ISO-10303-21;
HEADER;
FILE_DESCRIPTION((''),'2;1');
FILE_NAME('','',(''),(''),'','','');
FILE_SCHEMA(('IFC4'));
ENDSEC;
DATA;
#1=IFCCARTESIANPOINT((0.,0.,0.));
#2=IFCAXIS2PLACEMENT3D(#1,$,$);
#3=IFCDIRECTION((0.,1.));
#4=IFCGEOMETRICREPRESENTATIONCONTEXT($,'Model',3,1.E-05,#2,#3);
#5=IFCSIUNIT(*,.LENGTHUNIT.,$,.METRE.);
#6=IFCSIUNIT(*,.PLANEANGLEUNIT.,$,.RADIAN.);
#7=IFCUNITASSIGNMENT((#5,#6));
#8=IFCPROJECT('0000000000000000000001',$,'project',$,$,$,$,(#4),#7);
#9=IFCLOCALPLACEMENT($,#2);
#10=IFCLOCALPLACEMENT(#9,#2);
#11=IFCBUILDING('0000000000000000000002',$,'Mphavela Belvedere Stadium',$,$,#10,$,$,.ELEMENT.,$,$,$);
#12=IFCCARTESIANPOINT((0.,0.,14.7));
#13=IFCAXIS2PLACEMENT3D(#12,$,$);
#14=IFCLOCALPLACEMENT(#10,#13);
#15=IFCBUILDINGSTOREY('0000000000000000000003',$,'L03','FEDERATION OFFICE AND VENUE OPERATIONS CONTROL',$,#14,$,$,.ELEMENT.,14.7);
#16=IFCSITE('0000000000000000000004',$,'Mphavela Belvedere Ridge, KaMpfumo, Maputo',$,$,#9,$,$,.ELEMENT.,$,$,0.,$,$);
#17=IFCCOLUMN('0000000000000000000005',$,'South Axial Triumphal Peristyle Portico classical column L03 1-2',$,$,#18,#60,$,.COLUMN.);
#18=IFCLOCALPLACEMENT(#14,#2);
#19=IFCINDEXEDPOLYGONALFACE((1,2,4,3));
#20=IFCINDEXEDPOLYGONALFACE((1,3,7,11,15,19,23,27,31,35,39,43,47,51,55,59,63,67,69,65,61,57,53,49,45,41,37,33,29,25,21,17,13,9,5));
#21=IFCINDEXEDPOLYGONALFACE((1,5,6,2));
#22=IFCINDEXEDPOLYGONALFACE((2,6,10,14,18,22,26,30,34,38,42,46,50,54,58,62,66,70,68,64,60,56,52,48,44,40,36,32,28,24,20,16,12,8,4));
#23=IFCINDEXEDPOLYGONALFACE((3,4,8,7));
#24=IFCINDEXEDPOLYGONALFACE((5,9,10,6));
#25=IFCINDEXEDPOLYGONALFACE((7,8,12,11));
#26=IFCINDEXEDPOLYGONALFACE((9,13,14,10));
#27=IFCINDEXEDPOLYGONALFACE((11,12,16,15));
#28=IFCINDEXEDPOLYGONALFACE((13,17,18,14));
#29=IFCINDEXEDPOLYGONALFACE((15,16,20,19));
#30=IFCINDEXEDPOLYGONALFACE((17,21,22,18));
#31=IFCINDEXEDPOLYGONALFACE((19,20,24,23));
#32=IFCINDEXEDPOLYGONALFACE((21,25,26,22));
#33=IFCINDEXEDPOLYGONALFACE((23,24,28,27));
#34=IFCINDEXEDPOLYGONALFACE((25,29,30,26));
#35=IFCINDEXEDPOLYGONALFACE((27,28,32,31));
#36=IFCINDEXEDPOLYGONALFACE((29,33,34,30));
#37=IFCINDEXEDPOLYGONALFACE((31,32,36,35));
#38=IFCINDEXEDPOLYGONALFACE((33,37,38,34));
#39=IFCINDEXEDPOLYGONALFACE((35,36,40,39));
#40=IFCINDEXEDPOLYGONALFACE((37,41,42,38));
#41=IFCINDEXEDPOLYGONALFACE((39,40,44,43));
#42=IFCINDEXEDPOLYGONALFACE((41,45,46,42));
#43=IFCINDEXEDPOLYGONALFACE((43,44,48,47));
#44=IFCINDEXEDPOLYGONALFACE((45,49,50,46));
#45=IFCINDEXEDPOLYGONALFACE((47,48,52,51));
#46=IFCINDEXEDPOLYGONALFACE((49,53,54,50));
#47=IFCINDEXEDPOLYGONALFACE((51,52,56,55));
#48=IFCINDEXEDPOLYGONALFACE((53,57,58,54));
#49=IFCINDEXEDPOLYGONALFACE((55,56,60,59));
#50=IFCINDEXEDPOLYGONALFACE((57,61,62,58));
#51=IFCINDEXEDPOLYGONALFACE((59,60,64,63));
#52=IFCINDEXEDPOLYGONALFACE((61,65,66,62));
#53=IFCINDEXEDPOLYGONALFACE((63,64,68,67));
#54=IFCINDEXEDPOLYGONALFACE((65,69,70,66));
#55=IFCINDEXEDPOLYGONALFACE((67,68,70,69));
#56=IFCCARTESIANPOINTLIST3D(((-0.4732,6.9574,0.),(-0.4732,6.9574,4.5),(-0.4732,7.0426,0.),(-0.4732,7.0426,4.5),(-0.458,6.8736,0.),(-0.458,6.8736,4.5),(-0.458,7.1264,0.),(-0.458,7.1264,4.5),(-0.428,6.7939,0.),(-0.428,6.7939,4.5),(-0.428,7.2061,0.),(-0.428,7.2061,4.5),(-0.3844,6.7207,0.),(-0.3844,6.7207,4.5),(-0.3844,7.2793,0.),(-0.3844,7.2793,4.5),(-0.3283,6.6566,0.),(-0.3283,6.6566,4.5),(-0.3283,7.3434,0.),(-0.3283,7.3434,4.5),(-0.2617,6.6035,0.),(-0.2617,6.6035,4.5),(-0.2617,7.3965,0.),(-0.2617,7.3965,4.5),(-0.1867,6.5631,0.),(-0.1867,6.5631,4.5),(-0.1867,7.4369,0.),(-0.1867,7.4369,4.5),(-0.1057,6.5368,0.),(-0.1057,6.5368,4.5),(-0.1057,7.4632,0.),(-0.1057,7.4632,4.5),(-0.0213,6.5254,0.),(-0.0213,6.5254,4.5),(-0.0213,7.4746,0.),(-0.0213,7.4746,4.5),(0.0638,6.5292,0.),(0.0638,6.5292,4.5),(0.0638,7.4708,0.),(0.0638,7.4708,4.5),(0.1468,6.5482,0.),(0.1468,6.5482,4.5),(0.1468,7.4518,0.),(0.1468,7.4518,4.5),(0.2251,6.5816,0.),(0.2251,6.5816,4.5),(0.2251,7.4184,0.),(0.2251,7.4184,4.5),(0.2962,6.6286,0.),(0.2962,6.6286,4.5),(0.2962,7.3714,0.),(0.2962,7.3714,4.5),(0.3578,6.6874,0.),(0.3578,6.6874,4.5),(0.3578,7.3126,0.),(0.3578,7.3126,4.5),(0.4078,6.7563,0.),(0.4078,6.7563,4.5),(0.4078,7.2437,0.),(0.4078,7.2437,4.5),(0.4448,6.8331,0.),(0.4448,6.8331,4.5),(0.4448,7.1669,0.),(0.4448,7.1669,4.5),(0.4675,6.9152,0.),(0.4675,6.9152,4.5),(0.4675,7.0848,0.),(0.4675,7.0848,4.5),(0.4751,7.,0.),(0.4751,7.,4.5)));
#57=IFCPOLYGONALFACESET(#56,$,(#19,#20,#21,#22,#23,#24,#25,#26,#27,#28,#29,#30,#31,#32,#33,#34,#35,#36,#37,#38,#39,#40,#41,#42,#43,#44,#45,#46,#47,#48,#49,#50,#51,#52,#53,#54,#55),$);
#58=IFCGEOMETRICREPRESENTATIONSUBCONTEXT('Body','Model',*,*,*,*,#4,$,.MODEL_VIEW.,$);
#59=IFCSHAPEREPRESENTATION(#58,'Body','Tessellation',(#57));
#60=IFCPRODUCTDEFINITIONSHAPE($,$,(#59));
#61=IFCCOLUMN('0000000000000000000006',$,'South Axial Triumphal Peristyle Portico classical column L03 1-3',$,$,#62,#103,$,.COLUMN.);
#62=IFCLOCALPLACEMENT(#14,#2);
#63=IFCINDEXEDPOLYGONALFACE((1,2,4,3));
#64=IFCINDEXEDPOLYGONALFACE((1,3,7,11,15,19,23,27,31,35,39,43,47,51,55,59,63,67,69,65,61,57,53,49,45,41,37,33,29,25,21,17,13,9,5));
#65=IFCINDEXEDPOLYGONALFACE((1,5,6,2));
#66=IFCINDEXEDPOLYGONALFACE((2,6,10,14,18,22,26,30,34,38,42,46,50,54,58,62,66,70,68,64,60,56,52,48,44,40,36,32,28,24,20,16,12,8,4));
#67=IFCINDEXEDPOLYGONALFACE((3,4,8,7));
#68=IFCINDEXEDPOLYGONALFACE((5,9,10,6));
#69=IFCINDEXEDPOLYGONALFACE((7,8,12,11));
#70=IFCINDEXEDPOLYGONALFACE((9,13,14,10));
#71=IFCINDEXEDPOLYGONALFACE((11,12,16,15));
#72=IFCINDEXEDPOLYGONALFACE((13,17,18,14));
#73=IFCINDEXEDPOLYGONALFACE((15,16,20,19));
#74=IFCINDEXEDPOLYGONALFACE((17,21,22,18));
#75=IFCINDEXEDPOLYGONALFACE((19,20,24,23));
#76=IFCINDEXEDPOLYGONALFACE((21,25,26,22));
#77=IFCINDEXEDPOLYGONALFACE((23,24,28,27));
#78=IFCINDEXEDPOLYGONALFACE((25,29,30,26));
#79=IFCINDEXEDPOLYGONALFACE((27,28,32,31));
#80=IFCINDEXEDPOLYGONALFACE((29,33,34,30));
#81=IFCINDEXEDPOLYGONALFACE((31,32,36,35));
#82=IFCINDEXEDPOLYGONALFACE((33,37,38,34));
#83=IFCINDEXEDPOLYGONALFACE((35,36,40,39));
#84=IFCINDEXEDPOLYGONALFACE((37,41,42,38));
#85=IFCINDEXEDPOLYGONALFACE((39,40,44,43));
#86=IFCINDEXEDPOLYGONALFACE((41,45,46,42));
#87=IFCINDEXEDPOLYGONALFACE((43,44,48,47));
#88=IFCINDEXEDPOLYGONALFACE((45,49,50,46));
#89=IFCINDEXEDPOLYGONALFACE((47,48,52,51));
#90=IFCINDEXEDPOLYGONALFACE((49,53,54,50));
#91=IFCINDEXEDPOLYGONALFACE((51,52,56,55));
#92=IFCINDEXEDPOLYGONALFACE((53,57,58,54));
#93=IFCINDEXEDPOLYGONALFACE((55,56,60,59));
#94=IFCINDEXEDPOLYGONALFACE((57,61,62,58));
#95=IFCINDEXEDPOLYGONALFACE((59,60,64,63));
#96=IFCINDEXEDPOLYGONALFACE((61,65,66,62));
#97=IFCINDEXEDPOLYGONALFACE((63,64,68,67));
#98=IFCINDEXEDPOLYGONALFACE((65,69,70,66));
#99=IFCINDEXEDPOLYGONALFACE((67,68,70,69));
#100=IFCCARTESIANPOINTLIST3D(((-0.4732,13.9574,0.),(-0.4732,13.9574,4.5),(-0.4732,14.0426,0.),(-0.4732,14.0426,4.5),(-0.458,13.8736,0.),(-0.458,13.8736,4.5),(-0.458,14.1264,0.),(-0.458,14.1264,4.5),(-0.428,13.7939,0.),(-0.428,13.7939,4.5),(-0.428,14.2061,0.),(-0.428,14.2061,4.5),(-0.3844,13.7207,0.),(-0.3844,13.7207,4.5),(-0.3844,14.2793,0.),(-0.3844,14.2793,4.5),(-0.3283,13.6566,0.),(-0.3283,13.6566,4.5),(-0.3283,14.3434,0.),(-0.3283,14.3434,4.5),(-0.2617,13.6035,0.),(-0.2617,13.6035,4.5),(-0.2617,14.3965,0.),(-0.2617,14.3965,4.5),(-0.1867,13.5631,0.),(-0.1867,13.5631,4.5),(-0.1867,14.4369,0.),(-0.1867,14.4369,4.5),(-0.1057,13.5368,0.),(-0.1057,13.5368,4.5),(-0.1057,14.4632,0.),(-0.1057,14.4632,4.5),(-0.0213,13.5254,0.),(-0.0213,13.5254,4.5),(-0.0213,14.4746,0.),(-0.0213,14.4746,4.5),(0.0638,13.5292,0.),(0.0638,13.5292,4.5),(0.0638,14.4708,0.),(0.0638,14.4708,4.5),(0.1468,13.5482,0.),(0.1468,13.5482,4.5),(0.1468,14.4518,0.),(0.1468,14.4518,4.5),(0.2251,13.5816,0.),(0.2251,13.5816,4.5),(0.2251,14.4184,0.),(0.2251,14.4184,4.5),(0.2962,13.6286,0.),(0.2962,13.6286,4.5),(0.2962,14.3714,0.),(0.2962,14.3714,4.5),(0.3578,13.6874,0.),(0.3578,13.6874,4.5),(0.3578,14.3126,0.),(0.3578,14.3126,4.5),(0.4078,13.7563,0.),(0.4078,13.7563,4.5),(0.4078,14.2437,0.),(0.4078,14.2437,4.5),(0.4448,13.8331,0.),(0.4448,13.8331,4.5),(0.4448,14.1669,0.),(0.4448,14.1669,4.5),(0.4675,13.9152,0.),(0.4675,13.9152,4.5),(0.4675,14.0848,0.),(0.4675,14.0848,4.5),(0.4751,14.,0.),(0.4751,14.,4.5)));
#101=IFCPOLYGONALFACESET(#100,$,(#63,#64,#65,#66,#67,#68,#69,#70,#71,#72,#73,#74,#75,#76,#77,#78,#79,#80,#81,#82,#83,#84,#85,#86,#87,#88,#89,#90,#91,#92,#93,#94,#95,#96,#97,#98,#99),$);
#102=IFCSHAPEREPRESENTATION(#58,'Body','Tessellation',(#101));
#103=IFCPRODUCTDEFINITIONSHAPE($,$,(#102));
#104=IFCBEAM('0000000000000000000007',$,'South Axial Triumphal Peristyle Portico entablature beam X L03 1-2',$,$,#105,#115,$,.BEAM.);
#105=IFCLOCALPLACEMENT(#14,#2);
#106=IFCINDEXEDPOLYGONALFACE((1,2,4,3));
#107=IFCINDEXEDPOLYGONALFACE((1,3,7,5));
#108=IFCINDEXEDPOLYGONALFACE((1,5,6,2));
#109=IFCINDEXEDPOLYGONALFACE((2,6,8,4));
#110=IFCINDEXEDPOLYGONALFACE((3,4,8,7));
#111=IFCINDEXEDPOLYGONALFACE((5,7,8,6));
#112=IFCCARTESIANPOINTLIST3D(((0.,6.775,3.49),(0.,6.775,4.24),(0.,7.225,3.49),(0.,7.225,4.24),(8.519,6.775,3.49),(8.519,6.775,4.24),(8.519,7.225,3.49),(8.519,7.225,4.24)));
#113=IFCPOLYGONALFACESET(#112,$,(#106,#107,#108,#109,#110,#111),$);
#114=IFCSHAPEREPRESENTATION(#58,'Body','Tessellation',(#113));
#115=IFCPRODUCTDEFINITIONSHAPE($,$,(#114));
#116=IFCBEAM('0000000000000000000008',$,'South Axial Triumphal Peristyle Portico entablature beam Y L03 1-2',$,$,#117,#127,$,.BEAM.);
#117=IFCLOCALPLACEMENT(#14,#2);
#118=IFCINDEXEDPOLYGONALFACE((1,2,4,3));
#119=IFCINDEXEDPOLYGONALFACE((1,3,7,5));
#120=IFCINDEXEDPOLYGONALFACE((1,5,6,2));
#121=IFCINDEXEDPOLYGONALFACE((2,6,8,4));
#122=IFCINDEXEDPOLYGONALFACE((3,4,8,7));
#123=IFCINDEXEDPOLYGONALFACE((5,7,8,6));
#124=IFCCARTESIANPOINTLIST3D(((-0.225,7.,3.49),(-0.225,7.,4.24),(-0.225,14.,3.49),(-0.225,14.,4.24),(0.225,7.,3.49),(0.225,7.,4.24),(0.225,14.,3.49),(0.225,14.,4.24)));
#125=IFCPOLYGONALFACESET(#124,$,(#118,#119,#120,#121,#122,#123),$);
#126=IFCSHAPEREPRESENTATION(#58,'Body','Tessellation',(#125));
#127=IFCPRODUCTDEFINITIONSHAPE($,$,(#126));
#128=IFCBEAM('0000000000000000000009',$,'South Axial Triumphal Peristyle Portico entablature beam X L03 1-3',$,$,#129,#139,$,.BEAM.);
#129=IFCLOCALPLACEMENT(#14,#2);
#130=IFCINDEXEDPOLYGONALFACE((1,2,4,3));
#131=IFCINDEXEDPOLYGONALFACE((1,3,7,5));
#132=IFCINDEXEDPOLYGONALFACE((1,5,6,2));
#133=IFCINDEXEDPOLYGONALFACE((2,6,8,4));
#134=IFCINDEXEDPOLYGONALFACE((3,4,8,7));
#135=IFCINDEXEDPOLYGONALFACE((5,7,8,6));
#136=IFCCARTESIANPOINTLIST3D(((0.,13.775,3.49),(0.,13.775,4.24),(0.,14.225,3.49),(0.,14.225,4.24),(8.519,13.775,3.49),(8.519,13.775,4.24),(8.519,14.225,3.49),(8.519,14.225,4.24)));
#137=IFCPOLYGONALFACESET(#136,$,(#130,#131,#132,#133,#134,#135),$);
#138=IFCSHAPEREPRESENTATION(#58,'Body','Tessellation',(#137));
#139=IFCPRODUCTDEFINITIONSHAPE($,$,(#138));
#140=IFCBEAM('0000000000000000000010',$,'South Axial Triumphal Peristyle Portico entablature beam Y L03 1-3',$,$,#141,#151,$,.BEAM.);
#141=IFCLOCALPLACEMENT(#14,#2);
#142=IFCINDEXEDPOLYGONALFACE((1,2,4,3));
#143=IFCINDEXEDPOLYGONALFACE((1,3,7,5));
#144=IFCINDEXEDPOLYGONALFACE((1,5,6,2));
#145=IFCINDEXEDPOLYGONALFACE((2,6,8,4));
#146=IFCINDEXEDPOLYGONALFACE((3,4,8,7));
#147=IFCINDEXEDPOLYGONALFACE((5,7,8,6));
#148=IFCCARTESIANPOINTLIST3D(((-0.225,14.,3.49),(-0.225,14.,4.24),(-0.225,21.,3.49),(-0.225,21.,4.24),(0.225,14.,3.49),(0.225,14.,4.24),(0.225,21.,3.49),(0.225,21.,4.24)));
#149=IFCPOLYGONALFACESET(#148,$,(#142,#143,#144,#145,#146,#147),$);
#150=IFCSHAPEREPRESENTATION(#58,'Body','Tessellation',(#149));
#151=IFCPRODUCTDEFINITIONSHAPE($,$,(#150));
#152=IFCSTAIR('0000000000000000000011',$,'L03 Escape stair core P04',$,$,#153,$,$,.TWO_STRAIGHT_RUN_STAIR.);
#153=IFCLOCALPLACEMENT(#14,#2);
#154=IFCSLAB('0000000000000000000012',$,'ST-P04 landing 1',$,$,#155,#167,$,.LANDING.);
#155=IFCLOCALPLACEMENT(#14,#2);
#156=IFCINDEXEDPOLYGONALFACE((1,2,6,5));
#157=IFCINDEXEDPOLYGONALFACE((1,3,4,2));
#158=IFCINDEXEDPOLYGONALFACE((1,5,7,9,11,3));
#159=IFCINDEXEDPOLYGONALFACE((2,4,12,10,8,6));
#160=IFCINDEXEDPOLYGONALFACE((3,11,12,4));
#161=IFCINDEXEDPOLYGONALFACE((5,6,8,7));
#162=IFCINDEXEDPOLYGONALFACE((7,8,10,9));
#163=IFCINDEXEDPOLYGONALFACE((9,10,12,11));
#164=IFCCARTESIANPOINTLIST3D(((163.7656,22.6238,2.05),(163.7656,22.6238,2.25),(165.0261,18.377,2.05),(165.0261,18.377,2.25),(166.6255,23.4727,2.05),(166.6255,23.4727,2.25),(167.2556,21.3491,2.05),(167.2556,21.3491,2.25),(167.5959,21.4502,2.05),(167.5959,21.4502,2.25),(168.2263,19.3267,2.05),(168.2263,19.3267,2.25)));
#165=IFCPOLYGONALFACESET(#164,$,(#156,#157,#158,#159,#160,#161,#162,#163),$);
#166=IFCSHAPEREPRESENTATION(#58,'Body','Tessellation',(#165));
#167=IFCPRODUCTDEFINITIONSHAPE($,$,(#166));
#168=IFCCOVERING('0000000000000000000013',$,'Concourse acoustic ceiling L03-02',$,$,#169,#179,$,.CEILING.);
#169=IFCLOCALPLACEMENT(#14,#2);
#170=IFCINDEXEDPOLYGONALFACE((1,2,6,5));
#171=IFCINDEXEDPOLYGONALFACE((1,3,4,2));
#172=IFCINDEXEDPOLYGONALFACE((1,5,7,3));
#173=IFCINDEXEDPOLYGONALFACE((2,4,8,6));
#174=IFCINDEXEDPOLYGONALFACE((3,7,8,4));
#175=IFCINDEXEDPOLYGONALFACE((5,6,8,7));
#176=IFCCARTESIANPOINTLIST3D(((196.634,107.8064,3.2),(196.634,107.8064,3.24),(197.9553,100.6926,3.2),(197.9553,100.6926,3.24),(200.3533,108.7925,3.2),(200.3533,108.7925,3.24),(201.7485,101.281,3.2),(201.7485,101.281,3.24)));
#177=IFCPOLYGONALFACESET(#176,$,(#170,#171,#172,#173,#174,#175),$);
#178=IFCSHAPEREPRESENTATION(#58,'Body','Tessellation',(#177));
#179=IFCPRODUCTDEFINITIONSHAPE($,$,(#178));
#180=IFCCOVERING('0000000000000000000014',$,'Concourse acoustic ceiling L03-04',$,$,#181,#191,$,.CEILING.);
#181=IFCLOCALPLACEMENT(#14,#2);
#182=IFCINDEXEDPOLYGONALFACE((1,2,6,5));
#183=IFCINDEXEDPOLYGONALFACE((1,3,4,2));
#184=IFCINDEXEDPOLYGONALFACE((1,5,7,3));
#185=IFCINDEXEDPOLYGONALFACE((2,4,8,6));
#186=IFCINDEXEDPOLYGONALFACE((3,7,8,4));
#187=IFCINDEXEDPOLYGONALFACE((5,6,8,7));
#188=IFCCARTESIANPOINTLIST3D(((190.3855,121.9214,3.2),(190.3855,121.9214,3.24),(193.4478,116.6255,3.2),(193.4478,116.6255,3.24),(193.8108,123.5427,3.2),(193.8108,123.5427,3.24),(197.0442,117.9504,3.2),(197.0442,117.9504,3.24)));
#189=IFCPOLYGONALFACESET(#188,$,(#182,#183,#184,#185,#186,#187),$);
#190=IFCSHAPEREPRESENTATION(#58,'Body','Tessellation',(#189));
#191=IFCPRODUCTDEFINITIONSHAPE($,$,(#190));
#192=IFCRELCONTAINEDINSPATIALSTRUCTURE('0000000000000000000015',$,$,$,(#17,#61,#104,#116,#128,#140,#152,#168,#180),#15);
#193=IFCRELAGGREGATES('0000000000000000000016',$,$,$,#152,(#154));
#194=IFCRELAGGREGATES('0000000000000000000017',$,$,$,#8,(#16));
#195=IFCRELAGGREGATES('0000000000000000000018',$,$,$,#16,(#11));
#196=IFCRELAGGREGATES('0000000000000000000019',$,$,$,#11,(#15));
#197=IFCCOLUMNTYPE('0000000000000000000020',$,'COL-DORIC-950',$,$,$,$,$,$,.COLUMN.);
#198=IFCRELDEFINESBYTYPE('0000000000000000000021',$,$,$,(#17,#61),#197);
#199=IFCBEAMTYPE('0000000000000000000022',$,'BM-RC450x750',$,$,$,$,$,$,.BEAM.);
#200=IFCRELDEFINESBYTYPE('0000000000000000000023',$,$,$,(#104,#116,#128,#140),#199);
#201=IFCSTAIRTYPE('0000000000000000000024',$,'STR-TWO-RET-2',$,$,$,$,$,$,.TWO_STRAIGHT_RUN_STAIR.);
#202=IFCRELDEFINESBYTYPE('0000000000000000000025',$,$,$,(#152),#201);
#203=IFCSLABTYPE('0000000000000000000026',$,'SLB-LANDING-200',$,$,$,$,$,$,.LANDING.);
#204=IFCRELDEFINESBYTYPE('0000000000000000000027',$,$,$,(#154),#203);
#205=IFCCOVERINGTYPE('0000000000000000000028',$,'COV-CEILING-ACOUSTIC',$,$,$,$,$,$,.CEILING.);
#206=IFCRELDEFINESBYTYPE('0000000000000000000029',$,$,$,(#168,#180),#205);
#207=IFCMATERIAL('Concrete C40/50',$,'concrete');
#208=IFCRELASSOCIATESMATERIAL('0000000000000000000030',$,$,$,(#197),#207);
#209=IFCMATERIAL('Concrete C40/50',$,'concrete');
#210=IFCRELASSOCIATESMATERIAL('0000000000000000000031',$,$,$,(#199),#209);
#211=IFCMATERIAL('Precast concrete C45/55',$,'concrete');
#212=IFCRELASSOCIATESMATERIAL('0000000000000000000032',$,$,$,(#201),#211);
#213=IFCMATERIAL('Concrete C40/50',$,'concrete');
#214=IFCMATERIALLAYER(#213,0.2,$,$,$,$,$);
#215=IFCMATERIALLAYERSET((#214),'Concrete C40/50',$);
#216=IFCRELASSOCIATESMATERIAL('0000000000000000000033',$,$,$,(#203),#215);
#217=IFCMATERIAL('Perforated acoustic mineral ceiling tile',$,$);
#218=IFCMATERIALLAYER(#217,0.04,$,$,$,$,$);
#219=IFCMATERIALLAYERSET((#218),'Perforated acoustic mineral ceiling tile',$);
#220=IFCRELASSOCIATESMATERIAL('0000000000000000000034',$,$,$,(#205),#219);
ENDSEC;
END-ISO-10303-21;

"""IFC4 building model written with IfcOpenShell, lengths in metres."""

from ifc_helpers import new_model, si_unit, direction, frame, origin, origin_2d, place, context, subcontext, project, spatial, polyline, rectangle, circle, outline, extrude, material, layer, layer_set, material_profile, profile_set, type_object, element, aggregate, save


model = new_model("IFC4")

# Units and contexts
model_context = context("Model", 3, precision=1e-05, world=origin(), true_north=direction((0.0, 1.0)))
body_context = subcontext(model_context, "Body", "Model", "MODEL_VIEW")
ifc_project = project(units=[si_unit("LENGTHUNIT", "METRE"), si_unit("PLANEANGLEUNIT", "RADIAN")], contexts=[model_context])

# Site, building, storey
site_placement = place(None, origin())
site = spatial("IfcSite", under=ifc_project, at=site_placement, Name="Mphavela Belvedere Ridge, KaMpfumo, Maputo", CompositionType="ELEMENT", RefElevation=0.0)
building_placement = place(site_placement, origin())
building = spatial("IfcBuilding", under=site, at=building_placement, Name="Mphavela Belvedere Stadium", CompositionType="ELEMENT")
storey_placement = place(building_placement, frame((0.0, 0.0, 14.7)))
storey = spatial("IfcBuildingStorey", under=building, at=storey_placement, Name="L03", Description="FEDERATION OFFICE AND VENUE OPERATIONS CONTROL", CompositionType="ELEMENT", Elevation=14.7)

# Columns
ifc_material_1 = material(Name="Concrete C40/50", Category="concrete")
ifc_material_profile_1 = material_profile(ifc_material_1, circle(Radius=0.4751, at=origin_2d()), Name="COL D950")
ifc_profile_set_1 = profile_set([ifc_material_profile_1], Name="Concrete C40/50")
column_type = type_object("IfcColumnType", Name="COL-DORIC-950", PredefinedType="COLUMN", material=ifc_profile_set_1)
for number, where, z_axis, x_axis, name in (
    (1, (0.0, 7.0, 0.0), (0.0, 0.0, 1.0), (1.0, 0.0, 0.0), "South Axial Triumphal Peristyle Portico classical column L03 1-2"),
    (2, (0.0, 14.0, 0.0), (0.0, 0.0, 1.0), (1.0, 0.0, 0.0), "South Axial Triumphal Peristyle Portico classical column L03 1-3"),
):
    element("IfcColumn", number, at=place(storey_placement, frame(where, z_axis=z_axis, x_axis=x_axis)), inside=storey, type_object=column_type, Name=name, PredefinedType="COLUMN", context=body_context, shape_type="SweptSolid", body=[
        extrude(circle(Radius=0.4751, at=origin_2d()), origin(), (0.0, 0.0, 1.0), 4.5),
    ])

# Beams
ifc_material_2 = material(Name="Concrete C40/50", Category="concrete")
ifc_material_profile_2 = material_profile(ifc_material_2, rectangle(XDim=0.45, YDim=0.75, at=origin_2d()), Name="RC 450x750")
ifc_profile_set_2 = profile_set([ifc_material_profile_2], Name="Concrete C40/50")
beam_type = type_object("IfcBeamType", Name="BM-RC450x750", PredefinedType="BEAM", material=ifc_profile_set_2)
beam_1_placement = place(storey_placement, frame((0.0, 7.0, 3.865), z_axis=(1.0, 0.0, 0.0), x_axis=(0.0, 1.0, 0.0)))
element("IfcBeam", 3, at=beam_1_placement, inside=storey, type_object=beam_type, Name="South Axial Triumphal Peristyle Portico entablature beam X L03 1-2", PredefinedType="BEAM", context=body_context, shape_type="SweptSolid", body=[
    extrude(rectangle(XDim=0.45, YDim=0.75, at=origin_2d()), origin(), (0.0, 0.0, 1.0), 8.519),
])
beam_2_placement = place(storey_placement, frame((0.0, 7.0, 3.865), z_axis=(0.0, 1.0, 0.0), x_axis=(-1.0, 0.0, 0.0)))
element("IfcBeam", 4, at=beam_2_placement, inside=storey, type_object=beam_type, Name="South Axial Triumphal Peristyle Portico entablature beam Y L03 1-2", PredefinedType="BEAM", context=body_context, shape_type="SweptSolid", body=[
    extrude(rectangle(XDim=0.45, YDim=0.75, at=origin_2d()), origin(), (0.0, 0.0, 1.0), 7.0),
])
beam_3_placement = place(storey_placement, frame((0.0, 14.0, 3.865), z_axis=(1.0, 0.0, 0.0), x_axis=(0.0, 1.0, 0.0)))
element("IfcBeam", 5, at=beam_3_placement, inside=storey, type_object=beam_type, Name="South Axial Triumphal Peristyle Portico entablature beam X L03 1-3", PredefinedType="BEAM", context=body_context, shape_type="SweptSolid", body=[
    extrude(rectangle(XDim=0.45, YDim=0.75, at=origin_2d()), origin(), (0.0, 0.0, 1.0), 8.519),
])
beam_4_placement = place(storey_placement, frame((0.0, 14.0, 3.865), z_axis=(0.0, 1.0, 0.0), x_axis=(-1.0, 0.0, 0.0)))
element("IfcBeam", 6, at=beam_4_placement, inside=storey, type_object=beam_type, Name="South Axial Triumphal Peristyle Portico entablature beam Y L03 1-3", PredefinedType="BEAM", context=body_context, shape_type="SweptSolid", body=[
    extrude(rectangle(XDim=0.45, YDim=0.75, at=origin_2d()), origin(), (0.0, 0.0, 1.0), 7.0),
])

# Stair, slab
ifc_material_3 = material(Name="Precast concrete C45/55", Category="concrete")
stair_type = type_object("IfcStairType", Name="STR-TWO-RET-2", PredefinedType="TWO_STRAIGHT_RUN_STAIR", material=ifc_material_3)
stair_placement = place(storey_placement, origin())
stair = element("IfcStair", 7, at=stair_placement, inside=storey, type_object=stair_type, Name="L03 Escape stair core P04", PredefinedType="TWO_STRAIGHT_RUN_STAIR")
ifc_material_4 = material(Name="Concrete C40/50", Category="concrete")
ifc_layer_1 = layer(ifc_material_4, 0.2)
ifc_layer_set_1 = layer_set([ifc_layer_1], Name="Concrete C40/50")
slab_type = type_object("IfcSlabType", Name="SLB-LANDING-200", PredefinedType="LANDING", material=ifc_layer_set_1)
slab_placement = place(storey_placement, frame((0.0, 0.0, 2.05)))
slab = element("IfcSlab", 8, at=slab_placement, type_object=slab_type, Name="ST-P04 landing 1", PredefinedType="LANDING", context=body_context, shape_type="SweptSolid", body=[
    extrude(outline(polyline([(166.6255, 23.4727), (163.7656, 22.6238), (165.0261, 18.377), (168.2263, 19.3267), (167.5959, 21.4502), (167.2556, 21.3491), (166.6255, 23.4727)])), origin(), (0.0, 0.0, 1.0), 0.2),
])
aggregate(stair, [slab])

# Coverings
ifc_material_5 = material(Name="Perforated acoustic mineral ceiling tile")
ifc_layer_2 = layer(ifc_material_5, 0.04)
ifc_layer_set_2 = layer_set([ifc_layer_2], Name="Perforated acoustic mineral ceiling tile")
covering_type = type_object("IfcCoveringType", Name="COV-CEILING-ACOUSTIC", PredefinedType="CEILING", material=ifc_layer_set_2)
covering_1_placement = place(storey_placement, frame((0.0, 0.0, 3.2)))
element("IfcCovering", 9, at=covering_1_placement, inside=storey, type_object=covering_type, Name="Concourse acoustic ceiling L03-02", PredefinedType="CEILING", context=body_context, shape_type="SweptSolid", body=[
    extrude(outline(polyline([(197.9553, 100.6926), (196.634, 107.8064), (200.3533, 108.7925), (201.7485, 101.281), (197.9553, 100.6926)])), origin(), (0.0, 0.0, 1.0), 0.04),
])
covering_2_placement = place(storey_placement, frame((0.0, 0.0, 3.2)))
element("IfcCovering", 10, at=covering_2_placement, inside=storey, type_object=covering_type, Name="Concourse acoustic ceiling L03-04", PredefinedType="CEILING", context=body_context, shape_type="SweptSolid", body=[
    extrude(outline(polyline([(193.4478, 116.6255), (190.3855, 121.9214), (193.8108, 123.5427), (197.0442, 117.9504), (193.4478, 116.6255)])), origin(), (0.0, 0.0, 1.0), 0.04),
])

save(model, "model.ifc")
